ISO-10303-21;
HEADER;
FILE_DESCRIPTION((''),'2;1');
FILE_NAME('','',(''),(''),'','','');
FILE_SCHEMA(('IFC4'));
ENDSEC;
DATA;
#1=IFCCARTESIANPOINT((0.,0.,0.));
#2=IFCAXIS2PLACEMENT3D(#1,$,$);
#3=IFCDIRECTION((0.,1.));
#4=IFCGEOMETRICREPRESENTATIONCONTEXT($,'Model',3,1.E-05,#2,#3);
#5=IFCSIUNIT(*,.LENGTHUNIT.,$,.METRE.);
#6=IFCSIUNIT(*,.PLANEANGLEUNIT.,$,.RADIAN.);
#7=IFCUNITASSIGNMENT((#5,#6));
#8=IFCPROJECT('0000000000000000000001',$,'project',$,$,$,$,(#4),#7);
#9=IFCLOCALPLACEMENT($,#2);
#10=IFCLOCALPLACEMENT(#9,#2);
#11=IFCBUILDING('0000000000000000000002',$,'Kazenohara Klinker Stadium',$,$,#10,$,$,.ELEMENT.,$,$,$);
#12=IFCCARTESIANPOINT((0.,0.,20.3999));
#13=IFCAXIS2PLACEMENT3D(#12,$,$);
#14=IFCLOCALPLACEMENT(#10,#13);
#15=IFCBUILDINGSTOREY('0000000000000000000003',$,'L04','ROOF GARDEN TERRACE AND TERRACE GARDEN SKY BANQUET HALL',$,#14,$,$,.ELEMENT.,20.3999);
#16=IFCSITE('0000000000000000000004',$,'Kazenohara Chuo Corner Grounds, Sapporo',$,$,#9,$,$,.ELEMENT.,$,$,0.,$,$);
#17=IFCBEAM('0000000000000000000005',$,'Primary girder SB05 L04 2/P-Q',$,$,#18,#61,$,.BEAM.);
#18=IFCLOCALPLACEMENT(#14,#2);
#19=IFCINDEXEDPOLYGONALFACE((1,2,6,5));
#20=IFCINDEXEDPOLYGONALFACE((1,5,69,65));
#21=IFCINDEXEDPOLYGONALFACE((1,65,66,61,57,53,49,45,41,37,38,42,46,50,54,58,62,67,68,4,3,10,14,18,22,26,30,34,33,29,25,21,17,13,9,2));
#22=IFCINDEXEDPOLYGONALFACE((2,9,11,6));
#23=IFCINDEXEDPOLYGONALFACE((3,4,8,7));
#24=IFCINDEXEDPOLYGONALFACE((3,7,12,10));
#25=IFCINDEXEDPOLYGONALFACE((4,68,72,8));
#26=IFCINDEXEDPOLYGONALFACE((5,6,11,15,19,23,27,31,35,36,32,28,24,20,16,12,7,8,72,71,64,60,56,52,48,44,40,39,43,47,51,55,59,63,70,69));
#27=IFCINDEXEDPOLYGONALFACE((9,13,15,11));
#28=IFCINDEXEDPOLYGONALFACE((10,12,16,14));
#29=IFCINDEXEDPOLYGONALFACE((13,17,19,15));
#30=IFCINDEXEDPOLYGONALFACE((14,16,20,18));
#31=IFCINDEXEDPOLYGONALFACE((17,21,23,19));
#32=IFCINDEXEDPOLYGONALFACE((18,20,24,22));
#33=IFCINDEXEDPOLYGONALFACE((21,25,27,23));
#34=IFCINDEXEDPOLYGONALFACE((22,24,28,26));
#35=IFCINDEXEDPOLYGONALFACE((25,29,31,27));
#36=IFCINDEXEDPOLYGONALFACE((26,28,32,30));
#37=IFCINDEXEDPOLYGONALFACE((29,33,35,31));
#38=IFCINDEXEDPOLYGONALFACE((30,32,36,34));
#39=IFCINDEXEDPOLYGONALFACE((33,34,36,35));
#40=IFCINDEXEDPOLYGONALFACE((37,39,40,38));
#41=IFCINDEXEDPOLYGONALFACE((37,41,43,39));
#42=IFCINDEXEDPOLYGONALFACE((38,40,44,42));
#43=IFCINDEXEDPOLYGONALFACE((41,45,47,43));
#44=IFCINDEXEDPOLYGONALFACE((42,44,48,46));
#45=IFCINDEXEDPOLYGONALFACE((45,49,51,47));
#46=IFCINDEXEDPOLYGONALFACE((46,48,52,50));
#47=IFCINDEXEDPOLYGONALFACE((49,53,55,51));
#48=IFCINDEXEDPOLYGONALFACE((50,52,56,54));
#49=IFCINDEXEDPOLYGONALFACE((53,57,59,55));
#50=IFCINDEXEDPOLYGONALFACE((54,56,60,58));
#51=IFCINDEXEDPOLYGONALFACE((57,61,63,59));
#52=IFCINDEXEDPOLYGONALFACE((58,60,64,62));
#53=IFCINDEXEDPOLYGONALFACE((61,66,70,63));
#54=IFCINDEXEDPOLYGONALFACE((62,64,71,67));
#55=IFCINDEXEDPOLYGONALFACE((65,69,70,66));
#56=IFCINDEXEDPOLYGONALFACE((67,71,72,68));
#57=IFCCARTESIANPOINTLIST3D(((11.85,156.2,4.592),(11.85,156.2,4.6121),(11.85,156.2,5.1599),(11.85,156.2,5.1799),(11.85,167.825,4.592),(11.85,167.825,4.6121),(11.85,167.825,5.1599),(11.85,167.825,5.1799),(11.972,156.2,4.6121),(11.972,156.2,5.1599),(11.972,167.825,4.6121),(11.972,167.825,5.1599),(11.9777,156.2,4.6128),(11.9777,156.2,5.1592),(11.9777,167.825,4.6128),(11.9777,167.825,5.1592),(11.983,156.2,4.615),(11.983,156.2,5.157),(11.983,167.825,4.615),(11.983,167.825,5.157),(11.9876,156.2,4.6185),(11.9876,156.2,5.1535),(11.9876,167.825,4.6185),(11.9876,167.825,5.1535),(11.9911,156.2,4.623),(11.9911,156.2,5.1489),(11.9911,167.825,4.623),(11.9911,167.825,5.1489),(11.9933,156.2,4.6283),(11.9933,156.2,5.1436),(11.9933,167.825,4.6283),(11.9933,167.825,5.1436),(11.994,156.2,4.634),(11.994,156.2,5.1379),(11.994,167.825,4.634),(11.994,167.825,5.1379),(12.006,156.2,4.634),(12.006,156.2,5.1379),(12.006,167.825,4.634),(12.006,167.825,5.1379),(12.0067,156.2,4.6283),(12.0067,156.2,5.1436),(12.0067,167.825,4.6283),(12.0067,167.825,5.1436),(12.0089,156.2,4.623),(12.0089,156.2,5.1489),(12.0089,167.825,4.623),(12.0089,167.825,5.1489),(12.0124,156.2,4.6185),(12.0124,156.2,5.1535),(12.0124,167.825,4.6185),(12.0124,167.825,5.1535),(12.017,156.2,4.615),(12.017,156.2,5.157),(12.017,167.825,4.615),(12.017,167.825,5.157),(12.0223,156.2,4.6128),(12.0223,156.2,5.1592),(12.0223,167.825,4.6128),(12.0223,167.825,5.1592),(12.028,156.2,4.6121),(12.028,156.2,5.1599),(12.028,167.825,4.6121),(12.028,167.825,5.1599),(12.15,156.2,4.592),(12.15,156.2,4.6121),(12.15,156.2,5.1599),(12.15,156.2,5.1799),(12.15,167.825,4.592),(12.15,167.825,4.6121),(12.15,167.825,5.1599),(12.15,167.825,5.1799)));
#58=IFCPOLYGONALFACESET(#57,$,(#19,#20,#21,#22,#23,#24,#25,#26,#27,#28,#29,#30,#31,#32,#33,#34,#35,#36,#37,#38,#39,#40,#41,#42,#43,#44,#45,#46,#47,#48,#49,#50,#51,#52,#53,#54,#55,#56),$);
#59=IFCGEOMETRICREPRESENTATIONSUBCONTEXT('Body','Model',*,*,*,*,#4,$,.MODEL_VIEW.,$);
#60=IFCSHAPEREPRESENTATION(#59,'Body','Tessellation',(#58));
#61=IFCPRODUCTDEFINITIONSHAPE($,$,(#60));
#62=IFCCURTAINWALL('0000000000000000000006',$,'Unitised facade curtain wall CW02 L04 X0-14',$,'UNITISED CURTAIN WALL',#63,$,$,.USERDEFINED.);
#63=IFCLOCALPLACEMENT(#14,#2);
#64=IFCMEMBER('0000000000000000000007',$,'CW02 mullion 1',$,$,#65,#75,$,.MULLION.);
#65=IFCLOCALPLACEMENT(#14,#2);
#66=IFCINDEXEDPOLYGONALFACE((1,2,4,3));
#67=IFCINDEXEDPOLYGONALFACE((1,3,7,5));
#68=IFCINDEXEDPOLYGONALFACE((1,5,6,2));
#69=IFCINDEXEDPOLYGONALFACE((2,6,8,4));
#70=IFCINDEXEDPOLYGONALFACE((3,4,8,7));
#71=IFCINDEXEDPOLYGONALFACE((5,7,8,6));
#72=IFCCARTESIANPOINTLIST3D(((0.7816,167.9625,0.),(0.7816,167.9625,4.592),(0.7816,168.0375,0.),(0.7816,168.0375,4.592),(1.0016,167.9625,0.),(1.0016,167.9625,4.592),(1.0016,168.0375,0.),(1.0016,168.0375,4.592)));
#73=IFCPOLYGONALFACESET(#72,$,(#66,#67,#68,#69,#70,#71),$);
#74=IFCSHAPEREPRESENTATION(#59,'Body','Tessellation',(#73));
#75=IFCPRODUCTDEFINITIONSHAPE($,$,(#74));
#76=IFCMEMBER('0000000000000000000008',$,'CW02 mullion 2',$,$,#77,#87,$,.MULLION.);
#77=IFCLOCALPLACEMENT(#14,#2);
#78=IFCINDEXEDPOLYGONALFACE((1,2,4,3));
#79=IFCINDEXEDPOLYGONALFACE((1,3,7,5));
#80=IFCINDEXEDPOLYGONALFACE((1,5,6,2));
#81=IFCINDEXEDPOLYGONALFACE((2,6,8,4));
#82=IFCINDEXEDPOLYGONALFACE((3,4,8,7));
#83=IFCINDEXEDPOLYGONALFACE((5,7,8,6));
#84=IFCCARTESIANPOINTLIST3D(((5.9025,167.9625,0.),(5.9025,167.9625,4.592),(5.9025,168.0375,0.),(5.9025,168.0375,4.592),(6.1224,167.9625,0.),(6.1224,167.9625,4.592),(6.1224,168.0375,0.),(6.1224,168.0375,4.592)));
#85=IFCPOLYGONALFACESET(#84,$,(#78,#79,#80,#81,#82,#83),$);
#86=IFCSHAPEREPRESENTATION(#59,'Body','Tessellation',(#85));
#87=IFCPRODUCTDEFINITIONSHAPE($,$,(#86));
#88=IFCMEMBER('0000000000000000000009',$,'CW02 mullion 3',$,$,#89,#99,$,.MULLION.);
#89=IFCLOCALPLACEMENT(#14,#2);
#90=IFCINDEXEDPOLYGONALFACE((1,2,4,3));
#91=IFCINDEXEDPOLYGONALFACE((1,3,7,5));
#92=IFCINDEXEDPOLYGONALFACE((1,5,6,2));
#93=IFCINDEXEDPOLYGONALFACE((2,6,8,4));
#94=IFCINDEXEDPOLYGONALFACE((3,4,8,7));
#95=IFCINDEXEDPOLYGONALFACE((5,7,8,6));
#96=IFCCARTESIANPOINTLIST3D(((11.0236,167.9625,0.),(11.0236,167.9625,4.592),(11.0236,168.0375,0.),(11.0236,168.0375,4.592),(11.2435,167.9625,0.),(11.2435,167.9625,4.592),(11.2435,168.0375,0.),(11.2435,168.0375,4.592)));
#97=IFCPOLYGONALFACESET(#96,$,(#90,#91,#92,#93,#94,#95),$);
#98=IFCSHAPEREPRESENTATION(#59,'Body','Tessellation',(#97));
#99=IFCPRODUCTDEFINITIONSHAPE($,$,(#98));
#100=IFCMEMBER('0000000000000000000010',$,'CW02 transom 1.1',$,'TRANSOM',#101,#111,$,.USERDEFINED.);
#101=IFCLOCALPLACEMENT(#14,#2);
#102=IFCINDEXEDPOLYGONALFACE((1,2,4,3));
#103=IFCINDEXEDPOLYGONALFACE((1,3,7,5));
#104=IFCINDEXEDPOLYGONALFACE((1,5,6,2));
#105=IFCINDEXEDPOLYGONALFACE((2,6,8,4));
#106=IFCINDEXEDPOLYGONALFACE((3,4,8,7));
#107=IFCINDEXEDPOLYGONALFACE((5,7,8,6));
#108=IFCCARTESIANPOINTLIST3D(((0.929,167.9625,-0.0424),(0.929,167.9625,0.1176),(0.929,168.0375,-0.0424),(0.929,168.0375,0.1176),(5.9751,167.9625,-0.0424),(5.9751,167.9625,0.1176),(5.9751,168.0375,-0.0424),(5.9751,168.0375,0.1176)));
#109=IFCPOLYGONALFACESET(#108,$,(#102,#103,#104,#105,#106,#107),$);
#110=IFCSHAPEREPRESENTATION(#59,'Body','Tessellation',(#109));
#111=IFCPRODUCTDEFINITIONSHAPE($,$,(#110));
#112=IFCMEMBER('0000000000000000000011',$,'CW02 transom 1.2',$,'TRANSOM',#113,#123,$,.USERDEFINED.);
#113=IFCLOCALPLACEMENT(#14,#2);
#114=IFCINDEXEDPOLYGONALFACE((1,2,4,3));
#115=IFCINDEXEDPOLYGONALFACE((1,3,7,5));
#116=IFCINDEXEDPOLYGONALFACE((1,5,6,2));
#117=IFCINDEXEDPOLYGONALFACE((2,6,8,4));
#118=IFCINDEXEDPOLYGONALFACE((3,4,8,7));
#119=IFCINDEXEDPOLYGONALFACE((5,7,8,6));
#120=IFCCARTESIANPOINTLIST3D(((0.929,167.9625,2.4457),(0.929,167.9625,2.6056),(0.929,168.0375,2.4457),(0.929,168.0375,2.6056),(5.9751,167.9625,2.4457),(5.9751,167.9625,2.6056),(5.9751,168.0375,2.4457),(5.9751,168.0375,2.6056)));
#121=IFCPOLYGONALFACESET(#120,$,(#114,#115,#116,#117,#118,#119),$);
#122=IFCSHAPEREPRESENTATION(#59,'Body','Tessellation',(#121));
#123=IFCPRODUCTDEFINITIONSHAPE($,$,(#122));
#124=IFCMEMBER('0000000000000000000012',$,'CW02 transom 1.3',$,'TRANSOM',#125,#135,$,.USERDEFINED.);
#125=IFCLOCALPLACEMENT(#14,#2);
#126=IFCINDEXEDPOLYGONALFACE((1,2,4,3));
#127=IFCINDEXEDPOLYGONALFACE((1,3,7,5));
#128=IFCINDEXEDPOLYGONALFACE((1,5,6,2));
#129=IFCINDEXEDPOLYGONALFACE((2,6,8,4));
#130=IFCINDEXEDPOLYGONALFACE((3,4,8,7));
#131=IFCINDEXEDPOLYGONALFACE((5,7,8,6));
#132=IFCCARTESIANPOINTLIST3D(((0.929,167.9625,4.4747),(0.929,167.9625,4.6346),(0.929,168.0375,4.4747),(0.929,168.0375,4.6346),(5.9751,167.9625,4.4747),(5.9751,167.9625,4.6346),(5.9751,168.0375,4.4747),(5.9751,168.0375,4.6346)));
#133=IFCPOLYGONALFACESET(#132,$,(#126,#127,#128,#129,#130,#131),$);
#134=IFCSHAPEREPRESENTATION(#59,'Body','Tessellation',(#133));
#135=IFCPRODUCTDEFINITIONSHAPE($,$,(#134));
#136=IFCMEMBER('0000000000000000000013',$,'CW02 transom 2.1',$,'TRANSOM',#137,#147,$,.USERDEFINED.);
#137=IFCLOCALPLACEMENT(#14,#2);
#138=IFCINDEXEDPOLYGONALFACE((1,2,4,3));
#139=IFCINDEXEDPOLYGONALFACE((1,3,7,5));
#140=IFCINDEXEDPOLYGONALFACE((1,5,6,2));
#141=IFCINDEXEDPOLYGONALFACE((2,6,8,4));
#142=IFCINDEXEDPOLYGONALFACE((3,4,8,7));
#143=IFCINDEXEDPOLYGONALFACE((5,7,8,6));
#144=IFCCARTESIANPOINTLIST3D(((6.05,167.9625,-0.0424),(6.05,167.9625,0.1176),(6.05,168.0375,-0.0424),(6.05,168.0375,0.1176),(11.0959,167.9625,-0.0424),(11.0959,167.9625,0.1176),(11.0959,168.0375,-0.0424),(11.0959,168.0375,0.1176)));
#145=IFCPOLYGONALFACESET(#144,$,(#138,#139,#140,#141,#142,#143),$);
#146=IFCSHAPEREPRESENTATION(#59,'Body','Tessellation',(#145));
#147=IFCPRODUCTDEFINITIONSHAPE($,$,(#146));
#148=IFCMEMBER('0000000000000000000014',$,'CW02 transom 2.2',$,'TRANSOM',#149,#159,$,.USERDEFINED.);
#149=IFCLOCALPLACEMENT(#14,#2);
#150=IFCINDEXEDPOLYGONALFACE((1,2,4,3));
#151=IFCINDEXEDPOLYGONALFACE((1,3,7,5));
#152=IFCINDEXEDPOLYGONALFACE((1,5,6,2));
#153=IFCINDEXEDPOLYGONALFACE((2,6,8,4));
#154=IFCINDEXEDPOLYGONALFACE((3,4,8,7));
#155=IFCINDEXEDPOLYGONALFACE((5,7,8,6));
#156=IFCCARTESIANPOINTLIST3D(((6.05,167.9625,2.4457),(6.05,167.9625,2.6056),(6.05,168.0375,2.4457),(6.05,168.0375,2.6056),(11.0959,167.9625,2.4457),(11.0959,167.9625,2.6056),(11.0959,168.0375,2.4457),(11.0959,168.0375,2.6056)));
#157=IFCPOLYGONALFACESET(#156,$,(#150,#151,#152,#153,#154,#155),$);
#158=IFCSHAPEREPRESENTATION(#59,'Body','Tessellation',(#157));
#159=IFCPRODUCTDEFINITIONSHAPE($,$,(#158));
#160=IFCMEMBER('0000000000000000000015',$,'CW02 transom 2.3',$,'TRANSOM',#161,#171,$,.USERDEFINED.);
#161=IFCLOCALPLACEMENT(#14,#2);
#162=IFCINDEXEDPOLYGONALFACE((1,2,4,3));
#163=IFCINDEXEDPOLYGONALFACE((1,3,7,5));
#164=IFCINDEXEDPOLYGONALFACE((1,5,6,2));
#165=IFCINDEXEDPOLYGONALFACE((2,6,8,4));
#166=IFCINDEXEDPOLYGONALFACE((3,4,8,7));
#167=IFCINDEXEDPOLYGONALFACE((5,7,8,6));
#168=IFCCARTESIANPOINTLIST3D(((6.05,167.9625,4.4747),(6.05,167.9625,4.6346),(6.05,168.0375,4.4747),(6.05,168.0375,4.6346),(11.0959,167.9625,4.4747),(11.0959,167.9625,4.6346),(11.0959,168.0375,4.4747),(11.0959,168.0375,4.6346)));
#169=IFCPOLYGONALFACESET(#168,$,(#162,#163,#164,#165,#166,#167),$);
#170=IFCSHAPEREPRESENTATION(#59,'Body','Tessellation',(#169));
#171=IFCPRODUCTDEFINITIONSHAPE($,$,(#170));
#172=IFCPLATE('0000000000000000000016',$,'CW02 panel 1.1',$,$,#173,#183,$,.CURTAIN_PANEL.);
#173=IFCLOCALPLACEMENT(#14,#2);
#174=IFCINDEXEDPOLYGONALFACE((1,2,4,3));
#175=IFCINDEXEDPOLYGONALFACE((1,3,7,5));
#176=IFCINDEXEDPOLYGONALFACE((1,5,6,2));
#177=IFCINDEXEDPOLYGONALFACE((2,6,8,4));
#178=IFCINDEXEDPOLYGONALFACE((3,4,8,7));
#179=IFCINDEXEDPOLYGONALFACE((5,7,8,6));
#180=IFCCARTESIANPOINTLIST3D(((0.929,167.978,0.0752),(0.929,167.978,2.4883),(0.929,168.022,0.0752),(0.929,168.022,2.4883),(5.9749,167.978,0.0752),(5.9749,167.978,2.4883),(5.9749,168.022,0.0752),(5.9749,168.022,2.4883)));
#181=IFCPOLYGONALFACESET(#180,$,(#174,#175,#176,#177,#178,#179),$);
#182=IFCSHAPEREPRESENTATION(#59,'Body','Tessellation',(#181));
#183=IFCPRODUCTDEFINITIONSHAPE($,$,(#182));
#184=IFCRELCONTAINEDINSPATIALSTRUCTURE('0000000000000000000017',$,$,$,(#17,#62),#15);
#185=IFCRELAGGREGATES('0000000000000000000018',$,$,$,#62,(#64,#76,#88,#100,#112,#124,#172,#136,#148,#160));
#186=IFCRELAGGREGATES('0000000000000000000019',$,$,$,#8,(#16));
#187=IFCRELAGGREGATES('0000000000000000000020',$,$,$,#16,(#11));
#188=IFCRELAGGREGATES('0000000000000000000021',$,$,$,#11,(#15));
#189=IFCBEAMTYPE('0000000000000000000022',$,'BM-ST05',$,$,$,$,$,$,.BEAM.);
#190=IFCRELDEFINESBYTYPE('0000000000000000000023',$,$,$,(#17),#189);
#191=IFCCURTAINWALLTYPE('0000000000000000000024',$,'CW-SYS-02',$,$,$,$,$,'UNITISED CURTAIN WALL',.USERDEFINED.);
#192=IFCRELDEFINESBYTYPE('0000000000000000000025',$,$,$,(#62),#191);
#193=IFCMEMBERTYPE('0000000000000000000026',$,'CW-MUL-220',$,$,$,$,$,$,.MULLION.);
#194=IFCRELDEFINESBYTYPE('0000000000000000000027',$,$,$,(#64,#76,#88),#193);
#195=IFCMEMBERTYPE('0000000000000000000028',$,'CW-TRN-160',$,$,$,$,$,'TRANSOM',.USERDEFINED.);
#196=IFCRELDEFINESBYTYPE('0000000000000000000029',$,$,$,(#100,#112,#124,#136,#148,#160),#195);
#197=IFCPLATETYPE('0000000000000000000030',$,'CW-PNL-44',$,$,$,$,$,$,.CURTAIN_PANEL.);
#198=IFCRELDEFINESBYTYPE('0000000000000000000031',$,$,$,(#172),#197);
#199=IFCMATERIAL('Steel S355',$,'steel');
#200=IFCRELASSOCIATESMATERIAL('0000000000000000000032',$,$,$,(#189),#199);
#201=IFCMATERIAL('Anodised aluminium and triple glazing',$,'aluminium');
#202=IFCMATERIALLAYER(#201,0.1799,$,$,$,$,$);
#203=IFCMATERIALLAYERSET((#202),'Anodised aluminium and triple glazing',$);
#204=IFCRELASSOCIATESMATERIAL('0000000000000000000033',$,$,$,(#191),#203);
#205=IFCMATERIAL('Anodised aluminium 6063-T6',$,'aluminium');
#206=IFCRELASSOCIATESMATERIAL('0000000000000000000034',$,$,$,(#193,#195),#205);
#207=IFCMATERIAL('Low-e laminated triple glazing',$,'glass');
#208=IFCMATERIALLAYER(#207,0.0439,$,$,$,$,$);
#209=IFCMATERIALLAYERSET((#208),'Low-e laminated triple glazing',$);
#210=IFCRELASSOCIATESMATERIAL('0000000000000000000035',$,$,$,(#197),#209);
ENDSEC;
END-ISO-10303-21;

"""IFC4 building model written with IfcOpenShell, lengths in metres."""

from ifc_helpers import new_model, si_unit, direction, frame, origin, origin_2d, place, context, subcontext, project, spatial, rectangle, i_section, extrude, material, layer, layer_set, material_profile, profile_set, type_object, element, aggregate, save


model = new_model("IFC4")

# Units and contexts
model_context = context("Model", 3, precision=1e-05, world=origin(), true_north=direction((0.0, 1.0)))
body_context = subcontext(model_context, "Body", "Model", "MODEL_VIEW")
ifc_project = project(units=[si_unit("LENGTHUNIT", "METRE"), si_unit("PLANEANGLEUNIT", "RADIAN")], contexts=[model_context])

# Site, building, storey
site_placement = place(None, origin())
site = spatial("IfcSite", under=ifc_project, at=site_placement, Name="Kazenohara Chuo Corner Grounds, Sapporo", CompositionType="ELEMENT", RefElevation=0.0)
building_placement = place(site_placement, origin())
building = spatial("IfcBuilding", under=site, at=building_placement, Name="Kazenohara Klinker Stadium", CompositionType="ELEMENT")
storey_placement = place(building_placement, frame((0.0, 0.0, 20.3999)))
storey = spatial("IfcBuildingStorey", under=building, at=storey_placement, Name="L04", Description="ROOF GARDEN TERRACE AND TERRACE GARDEN SKY BANQUET HALL", CompositionType="ELEMENT", Elevation=20.3999)

# Shared definitions
ifc_material_1 = material(Name="Steel S355", Category="steel")

# Beam
ifc_material_profile_1 = material_profile(ifc_material_1, i_section(OverallWidth=0.3, OverallDepth=0.5879, WebThickness=0.012, FlangeThickness=0.02, FilletRadius=0.022, at=origin_2d()), Name="H-588x300x12x20")
ifc_profile_set_1 = profile_set([ifc_material_profile_1], Name="Steel S355")
beam_type_1 = type_object("IfcBeamType", Name="BM-ST05", PredefinedType="BEAM", material=ifc_profile_set_1)
for number, where, z_axis, x_axis, name in (
    (1, (12.0, 156.2, 4.886), (0.0, 1.0, 0.0), (-1.0, 0.0, 0.0), "Primary girder SB05 L04 2/P-Q"),
):
    element("IfcBeam", number, at=place(storey_placement, frame(where, z_axis=z_axis, x_axis=x_axis)), inside=storey, type_object=beam_type_1, Name=name, PredefinedType="BEAM", context=body_context, shape_type="SweptSolid", body=[
        extrude(i_section(OverallWidth=0.3, OverallDepth=0.5879, WebThickness=0.012, FlangeThickness=0.02, FilletRadius=0.022, at=origin_2d()), origin(), (0.0, 0.0, 1.0), 11.625),
    ])

# Curtain wall, members, plate
ifc_material_2 = material(Name="Anodised aluminium and triple glazing", Category="aluminium")
ifc_layer_1 = layer(ifc_material_2, 0.1799)
ifc_layer_set_1 = layer_set([ifc_layer_1], Name="Anodised aluminium and triple glazing")
curtain_wall_type = type_object("IfcCurtainWallType", Name="CW-SYS-02", ElementType="UNITISED CURTAIN WALL", PredefinedType="USERDEFINED", material=ifc_layer_set_1)
curtain_wall_placement = place(storey_placement, origin())
curtain_wall = element("IfcCurtainWall", 2, at=curtain_wall_placement, inside=storey, type_object=curtain_wall_type, Name="Unitised facade curtain wall CW02 L04 X0-14", ObjectType="UNITISED CURTAIN WALL", PredefinedType="USERDEFINED")
ifc_material_3 = material(Name="Anodised aluminium 6063-T6", Category="aluminium")
ifc_material_profile_2 = material_profile(ifc_material_3, rectangle(XDim=0.075, YDim=0.22, at=origin_2d()), Name="ALU-MUL-75x220")
ifc_profile_set_2 = profile_set([ifc_material_profile_2], Name="Anodised aluminium 6063-T6")
member_type_1 = type_object("IfcMemberType", Name="CW-MUL-220", PredefinedType="MULLION", material=ifc_profile_set_2)
member_1_placement = place(storey_placement, frame((0.8916, 168.0, 0.0), z_axis=(0.0, 0.0, 1.0), x_axis=(0.0, 1.0, 0.0)))
member_1 = element("IfcMember", 3, at=member_1_placement, type_object=member_type_1, Name="CW02 mullion 1", PredefinedType="MULLION", context=body_context, shape_type="SweptSolid", body=[
    extrude(rectangle(XDim=0.075, YDim=0.22, at=origin_2d()), origin(), (0.0, 0.0, 1.0), 4.592),
])
member_2_placement = place(storey_placement, frame((6.0125, 168.0, 0.0), z_axis=(0.0, 0.0, 1.0), x_axis=(0.0, 1.0, 0.0)))
member_2 = element("IfcMember", 4, at=member_2_placement, type_object=member_type_1, Name="CW02 mullion 2", PredefinedType="MULLION", context=body_context, shape_type="SweptSolid", body=[
    extrude(rectangle(XDim=0.075, YDim=0.22, at=origin_2d()), origin(), (0.0, 0.0, 1.0), 4.592),
])
member_3_placement = place(storey_placement, frame((11.1335, 168.0, 0.0), z_axis=(0.0, 0.0, 1.0), x_axis=(0.0, 1.0, 0.0)))
member_3 = element("IfcMember", 5, at=member_3_placement, type_object=member_type_1, Name="CW02 mullion 3", PredefinedType="MULLION", context=body_context, shape_type="SweptSolid", body=[
    extrude(rectangle(XDim=0.075, YDim=0.22, at=origin_2d()), origin(), (0.0, 0.0, 1.0), 4.592),
])
ifc_material_profile_3 = material_profile(ifc_material_3, rectangle(XDim=0.075, YDim=0.1599, at=origin_2d()), Name="ALU-TRN-75x160")
ifc_profile_set_3 = profile_set([ifc_material_profile_3], Name="Anodised aluminium 6063-T6")
member_type_2 = type_object("IfcMemberType", Name="CW-TRN-160", ElementType="TRANSOM", PredefinedType="USERDEFINED", material=ifc_profile_set_3)
member_4_placement = place(storey_placement, frame((0.929, 168.0, 0.0376), z_axis=(1.0, 0.0, 0.0), x_axis=(0.0, 1.0, 0.0)))
member_4 = element("IfcMember", 6, at=member_4_placement, type_object=member_type_2, Name="CW02 transom 1.1", ObjectType="TRANSOM", PredefinedType="USERDEFINED", context=body_context, shape_type="SweptSolid", body=[
    extrude(rectangle(XDim=0.075, YDim=0.1599, at=origin_2d()), origin(), (0.0, 0.0, 1.0), 5.0461),
])
member_5_placement = place(storey_placement, frame((0.929, 168.0, 2.5256), z_axis=(1.0, 0.0, 0.0), x_axis=(0.0, 1.0, 0.0)))
member_5 = element("IfcMember", 7, at=member_5_placement, type_object=member_type_2, Name="CW02 transom 1.2", ObjectType="TRANSOM", PredefinedType="USERDEFINED", context=body_context, shape_type="SweptSolid", body=[
    extrude(rectangle(XDim=0.075, YDim=0.1599, at=origin_2d()), origin(), (0.0, 0.0, 1.0), 5.0461),
])
member_6_placement = place(storey_placement, frame((0.929, 168.0, 4.5547), z_axis=(1.0, 0.0, 0.0), x_axis=(0.0, 1.0, 0.0)))
member_6 = element("IfcMember", 8, at=member_6_placement, type_object=member_type_2, Name="CW02 transom 1.3", ObjectType="TRANSOM", PredefinedType="USERDEFINED", context=body_context, shape_type="SweptSolid", body=[
    extrude(rectangle(XDim=0.075, YDim=0.1599, at=origin_2d()), origin(), (0.0, 0.0, 1.0), 5.0461),
])
member_7_placement = place(storey_placement, frame((6.05, 168.0, 0.0376), z_axis=(1.0, 0.0, 0.0), x_axis=(0.0, 1.0, 0.0)))
member_7 = element("IfcMember", 9, at=member_7_placement, type_object=member_type_2, Name="CW02 transom 2.1", ObjectType="TRANSOM", PredefinedType="USERDEFINED", context=body_context, shape_type="SweptSolid", body=[
    extrude(rectangle(XDim=0.075, YDim=0.1599, at=origin_2d()), origin(), (0.0, 0.0, 1.0), 5.0459),
])
member_8_placement = place(storey_placement, frame((6.05, 168.0, 2.5256), z_axis=(1.0, 0.0, 0.0), x_axis=(0.0, 1.0, 0.0)))
member_8 = element("IfcMember", 10, at=member_8_placement, type_object=member_type_2, Name="CW02 transom 2.2", ObjectType="TRANSOM", PredefinedType="USERDEFINED", context=body_context, shape_type="SweptSolid", body=[
    extrude(rectangle(XDim=0.075, YDim=0.1599, at=origin_2d()), origin(), (0.0, 0.0, 1.0), 5.0459),
])
member_9_placement = place(storey_placement, frame((6.05, 168.0, 4.5547), z_axis=(1.0, 0.0, 0.0), x_axis=(0.0, 1.0, 0.0)))
member_9 = element("IfcMember", 11, at=member_9_placement, type_object=member_type_2, Name="CW02 transom 2.3", ObjectType="TRANSOM", PredefinedType="USERDEFINED", context=body_context, shape_type="SweptSolid", body=[
    extrude(rectangle(XDim=0.075, YDim=0.1599, at=origin_2d()), origin(), (0.0, 0.0, 1.0), 5.0459),
])
ifc_material_4 = material(Name="Low-e laminated triple glazing", Category="glass")
ifc_layer_2 = layer(ifc_material_4, 0.0439)
ifc_layer_set_2 = layer_set([ifc_layer_2], Name="Low-e laminated triple glazing")
plate_type_1 = type_object("IfcPlateType", Name="CW-PNL-44", PredefinedType="CURTAIN_PANEL", material=ifc_layer_set_2)
plate_1_placement = place(storey_placement, frame((3.4519, 168.0, 0.0752), z_axis=(0.0, 0.0, 1.0), x_axis=(1.0, 0.0, 0.0)))
plate_1 = element("IfcPlate", 12, at=plate_1_placement, type_object=plate_type_1, Name="CW02 panel 1.1", PredefinedType="CURTAIN_PANEL", context=body_context, shape_type="SweptSolid", body=[
    extrude(rectangle(XDim=5.0459, YDim=0.0439, at=origin_2d()), origin(), (0.0, 0.0, 1.0), 2.4131),
])
aggregate(curtain_wall, [member_1, member_2, member_3, member_4, member_5, member_6, plate_1, member_7, member_8, member_9])

save(model, "model.ifc")
